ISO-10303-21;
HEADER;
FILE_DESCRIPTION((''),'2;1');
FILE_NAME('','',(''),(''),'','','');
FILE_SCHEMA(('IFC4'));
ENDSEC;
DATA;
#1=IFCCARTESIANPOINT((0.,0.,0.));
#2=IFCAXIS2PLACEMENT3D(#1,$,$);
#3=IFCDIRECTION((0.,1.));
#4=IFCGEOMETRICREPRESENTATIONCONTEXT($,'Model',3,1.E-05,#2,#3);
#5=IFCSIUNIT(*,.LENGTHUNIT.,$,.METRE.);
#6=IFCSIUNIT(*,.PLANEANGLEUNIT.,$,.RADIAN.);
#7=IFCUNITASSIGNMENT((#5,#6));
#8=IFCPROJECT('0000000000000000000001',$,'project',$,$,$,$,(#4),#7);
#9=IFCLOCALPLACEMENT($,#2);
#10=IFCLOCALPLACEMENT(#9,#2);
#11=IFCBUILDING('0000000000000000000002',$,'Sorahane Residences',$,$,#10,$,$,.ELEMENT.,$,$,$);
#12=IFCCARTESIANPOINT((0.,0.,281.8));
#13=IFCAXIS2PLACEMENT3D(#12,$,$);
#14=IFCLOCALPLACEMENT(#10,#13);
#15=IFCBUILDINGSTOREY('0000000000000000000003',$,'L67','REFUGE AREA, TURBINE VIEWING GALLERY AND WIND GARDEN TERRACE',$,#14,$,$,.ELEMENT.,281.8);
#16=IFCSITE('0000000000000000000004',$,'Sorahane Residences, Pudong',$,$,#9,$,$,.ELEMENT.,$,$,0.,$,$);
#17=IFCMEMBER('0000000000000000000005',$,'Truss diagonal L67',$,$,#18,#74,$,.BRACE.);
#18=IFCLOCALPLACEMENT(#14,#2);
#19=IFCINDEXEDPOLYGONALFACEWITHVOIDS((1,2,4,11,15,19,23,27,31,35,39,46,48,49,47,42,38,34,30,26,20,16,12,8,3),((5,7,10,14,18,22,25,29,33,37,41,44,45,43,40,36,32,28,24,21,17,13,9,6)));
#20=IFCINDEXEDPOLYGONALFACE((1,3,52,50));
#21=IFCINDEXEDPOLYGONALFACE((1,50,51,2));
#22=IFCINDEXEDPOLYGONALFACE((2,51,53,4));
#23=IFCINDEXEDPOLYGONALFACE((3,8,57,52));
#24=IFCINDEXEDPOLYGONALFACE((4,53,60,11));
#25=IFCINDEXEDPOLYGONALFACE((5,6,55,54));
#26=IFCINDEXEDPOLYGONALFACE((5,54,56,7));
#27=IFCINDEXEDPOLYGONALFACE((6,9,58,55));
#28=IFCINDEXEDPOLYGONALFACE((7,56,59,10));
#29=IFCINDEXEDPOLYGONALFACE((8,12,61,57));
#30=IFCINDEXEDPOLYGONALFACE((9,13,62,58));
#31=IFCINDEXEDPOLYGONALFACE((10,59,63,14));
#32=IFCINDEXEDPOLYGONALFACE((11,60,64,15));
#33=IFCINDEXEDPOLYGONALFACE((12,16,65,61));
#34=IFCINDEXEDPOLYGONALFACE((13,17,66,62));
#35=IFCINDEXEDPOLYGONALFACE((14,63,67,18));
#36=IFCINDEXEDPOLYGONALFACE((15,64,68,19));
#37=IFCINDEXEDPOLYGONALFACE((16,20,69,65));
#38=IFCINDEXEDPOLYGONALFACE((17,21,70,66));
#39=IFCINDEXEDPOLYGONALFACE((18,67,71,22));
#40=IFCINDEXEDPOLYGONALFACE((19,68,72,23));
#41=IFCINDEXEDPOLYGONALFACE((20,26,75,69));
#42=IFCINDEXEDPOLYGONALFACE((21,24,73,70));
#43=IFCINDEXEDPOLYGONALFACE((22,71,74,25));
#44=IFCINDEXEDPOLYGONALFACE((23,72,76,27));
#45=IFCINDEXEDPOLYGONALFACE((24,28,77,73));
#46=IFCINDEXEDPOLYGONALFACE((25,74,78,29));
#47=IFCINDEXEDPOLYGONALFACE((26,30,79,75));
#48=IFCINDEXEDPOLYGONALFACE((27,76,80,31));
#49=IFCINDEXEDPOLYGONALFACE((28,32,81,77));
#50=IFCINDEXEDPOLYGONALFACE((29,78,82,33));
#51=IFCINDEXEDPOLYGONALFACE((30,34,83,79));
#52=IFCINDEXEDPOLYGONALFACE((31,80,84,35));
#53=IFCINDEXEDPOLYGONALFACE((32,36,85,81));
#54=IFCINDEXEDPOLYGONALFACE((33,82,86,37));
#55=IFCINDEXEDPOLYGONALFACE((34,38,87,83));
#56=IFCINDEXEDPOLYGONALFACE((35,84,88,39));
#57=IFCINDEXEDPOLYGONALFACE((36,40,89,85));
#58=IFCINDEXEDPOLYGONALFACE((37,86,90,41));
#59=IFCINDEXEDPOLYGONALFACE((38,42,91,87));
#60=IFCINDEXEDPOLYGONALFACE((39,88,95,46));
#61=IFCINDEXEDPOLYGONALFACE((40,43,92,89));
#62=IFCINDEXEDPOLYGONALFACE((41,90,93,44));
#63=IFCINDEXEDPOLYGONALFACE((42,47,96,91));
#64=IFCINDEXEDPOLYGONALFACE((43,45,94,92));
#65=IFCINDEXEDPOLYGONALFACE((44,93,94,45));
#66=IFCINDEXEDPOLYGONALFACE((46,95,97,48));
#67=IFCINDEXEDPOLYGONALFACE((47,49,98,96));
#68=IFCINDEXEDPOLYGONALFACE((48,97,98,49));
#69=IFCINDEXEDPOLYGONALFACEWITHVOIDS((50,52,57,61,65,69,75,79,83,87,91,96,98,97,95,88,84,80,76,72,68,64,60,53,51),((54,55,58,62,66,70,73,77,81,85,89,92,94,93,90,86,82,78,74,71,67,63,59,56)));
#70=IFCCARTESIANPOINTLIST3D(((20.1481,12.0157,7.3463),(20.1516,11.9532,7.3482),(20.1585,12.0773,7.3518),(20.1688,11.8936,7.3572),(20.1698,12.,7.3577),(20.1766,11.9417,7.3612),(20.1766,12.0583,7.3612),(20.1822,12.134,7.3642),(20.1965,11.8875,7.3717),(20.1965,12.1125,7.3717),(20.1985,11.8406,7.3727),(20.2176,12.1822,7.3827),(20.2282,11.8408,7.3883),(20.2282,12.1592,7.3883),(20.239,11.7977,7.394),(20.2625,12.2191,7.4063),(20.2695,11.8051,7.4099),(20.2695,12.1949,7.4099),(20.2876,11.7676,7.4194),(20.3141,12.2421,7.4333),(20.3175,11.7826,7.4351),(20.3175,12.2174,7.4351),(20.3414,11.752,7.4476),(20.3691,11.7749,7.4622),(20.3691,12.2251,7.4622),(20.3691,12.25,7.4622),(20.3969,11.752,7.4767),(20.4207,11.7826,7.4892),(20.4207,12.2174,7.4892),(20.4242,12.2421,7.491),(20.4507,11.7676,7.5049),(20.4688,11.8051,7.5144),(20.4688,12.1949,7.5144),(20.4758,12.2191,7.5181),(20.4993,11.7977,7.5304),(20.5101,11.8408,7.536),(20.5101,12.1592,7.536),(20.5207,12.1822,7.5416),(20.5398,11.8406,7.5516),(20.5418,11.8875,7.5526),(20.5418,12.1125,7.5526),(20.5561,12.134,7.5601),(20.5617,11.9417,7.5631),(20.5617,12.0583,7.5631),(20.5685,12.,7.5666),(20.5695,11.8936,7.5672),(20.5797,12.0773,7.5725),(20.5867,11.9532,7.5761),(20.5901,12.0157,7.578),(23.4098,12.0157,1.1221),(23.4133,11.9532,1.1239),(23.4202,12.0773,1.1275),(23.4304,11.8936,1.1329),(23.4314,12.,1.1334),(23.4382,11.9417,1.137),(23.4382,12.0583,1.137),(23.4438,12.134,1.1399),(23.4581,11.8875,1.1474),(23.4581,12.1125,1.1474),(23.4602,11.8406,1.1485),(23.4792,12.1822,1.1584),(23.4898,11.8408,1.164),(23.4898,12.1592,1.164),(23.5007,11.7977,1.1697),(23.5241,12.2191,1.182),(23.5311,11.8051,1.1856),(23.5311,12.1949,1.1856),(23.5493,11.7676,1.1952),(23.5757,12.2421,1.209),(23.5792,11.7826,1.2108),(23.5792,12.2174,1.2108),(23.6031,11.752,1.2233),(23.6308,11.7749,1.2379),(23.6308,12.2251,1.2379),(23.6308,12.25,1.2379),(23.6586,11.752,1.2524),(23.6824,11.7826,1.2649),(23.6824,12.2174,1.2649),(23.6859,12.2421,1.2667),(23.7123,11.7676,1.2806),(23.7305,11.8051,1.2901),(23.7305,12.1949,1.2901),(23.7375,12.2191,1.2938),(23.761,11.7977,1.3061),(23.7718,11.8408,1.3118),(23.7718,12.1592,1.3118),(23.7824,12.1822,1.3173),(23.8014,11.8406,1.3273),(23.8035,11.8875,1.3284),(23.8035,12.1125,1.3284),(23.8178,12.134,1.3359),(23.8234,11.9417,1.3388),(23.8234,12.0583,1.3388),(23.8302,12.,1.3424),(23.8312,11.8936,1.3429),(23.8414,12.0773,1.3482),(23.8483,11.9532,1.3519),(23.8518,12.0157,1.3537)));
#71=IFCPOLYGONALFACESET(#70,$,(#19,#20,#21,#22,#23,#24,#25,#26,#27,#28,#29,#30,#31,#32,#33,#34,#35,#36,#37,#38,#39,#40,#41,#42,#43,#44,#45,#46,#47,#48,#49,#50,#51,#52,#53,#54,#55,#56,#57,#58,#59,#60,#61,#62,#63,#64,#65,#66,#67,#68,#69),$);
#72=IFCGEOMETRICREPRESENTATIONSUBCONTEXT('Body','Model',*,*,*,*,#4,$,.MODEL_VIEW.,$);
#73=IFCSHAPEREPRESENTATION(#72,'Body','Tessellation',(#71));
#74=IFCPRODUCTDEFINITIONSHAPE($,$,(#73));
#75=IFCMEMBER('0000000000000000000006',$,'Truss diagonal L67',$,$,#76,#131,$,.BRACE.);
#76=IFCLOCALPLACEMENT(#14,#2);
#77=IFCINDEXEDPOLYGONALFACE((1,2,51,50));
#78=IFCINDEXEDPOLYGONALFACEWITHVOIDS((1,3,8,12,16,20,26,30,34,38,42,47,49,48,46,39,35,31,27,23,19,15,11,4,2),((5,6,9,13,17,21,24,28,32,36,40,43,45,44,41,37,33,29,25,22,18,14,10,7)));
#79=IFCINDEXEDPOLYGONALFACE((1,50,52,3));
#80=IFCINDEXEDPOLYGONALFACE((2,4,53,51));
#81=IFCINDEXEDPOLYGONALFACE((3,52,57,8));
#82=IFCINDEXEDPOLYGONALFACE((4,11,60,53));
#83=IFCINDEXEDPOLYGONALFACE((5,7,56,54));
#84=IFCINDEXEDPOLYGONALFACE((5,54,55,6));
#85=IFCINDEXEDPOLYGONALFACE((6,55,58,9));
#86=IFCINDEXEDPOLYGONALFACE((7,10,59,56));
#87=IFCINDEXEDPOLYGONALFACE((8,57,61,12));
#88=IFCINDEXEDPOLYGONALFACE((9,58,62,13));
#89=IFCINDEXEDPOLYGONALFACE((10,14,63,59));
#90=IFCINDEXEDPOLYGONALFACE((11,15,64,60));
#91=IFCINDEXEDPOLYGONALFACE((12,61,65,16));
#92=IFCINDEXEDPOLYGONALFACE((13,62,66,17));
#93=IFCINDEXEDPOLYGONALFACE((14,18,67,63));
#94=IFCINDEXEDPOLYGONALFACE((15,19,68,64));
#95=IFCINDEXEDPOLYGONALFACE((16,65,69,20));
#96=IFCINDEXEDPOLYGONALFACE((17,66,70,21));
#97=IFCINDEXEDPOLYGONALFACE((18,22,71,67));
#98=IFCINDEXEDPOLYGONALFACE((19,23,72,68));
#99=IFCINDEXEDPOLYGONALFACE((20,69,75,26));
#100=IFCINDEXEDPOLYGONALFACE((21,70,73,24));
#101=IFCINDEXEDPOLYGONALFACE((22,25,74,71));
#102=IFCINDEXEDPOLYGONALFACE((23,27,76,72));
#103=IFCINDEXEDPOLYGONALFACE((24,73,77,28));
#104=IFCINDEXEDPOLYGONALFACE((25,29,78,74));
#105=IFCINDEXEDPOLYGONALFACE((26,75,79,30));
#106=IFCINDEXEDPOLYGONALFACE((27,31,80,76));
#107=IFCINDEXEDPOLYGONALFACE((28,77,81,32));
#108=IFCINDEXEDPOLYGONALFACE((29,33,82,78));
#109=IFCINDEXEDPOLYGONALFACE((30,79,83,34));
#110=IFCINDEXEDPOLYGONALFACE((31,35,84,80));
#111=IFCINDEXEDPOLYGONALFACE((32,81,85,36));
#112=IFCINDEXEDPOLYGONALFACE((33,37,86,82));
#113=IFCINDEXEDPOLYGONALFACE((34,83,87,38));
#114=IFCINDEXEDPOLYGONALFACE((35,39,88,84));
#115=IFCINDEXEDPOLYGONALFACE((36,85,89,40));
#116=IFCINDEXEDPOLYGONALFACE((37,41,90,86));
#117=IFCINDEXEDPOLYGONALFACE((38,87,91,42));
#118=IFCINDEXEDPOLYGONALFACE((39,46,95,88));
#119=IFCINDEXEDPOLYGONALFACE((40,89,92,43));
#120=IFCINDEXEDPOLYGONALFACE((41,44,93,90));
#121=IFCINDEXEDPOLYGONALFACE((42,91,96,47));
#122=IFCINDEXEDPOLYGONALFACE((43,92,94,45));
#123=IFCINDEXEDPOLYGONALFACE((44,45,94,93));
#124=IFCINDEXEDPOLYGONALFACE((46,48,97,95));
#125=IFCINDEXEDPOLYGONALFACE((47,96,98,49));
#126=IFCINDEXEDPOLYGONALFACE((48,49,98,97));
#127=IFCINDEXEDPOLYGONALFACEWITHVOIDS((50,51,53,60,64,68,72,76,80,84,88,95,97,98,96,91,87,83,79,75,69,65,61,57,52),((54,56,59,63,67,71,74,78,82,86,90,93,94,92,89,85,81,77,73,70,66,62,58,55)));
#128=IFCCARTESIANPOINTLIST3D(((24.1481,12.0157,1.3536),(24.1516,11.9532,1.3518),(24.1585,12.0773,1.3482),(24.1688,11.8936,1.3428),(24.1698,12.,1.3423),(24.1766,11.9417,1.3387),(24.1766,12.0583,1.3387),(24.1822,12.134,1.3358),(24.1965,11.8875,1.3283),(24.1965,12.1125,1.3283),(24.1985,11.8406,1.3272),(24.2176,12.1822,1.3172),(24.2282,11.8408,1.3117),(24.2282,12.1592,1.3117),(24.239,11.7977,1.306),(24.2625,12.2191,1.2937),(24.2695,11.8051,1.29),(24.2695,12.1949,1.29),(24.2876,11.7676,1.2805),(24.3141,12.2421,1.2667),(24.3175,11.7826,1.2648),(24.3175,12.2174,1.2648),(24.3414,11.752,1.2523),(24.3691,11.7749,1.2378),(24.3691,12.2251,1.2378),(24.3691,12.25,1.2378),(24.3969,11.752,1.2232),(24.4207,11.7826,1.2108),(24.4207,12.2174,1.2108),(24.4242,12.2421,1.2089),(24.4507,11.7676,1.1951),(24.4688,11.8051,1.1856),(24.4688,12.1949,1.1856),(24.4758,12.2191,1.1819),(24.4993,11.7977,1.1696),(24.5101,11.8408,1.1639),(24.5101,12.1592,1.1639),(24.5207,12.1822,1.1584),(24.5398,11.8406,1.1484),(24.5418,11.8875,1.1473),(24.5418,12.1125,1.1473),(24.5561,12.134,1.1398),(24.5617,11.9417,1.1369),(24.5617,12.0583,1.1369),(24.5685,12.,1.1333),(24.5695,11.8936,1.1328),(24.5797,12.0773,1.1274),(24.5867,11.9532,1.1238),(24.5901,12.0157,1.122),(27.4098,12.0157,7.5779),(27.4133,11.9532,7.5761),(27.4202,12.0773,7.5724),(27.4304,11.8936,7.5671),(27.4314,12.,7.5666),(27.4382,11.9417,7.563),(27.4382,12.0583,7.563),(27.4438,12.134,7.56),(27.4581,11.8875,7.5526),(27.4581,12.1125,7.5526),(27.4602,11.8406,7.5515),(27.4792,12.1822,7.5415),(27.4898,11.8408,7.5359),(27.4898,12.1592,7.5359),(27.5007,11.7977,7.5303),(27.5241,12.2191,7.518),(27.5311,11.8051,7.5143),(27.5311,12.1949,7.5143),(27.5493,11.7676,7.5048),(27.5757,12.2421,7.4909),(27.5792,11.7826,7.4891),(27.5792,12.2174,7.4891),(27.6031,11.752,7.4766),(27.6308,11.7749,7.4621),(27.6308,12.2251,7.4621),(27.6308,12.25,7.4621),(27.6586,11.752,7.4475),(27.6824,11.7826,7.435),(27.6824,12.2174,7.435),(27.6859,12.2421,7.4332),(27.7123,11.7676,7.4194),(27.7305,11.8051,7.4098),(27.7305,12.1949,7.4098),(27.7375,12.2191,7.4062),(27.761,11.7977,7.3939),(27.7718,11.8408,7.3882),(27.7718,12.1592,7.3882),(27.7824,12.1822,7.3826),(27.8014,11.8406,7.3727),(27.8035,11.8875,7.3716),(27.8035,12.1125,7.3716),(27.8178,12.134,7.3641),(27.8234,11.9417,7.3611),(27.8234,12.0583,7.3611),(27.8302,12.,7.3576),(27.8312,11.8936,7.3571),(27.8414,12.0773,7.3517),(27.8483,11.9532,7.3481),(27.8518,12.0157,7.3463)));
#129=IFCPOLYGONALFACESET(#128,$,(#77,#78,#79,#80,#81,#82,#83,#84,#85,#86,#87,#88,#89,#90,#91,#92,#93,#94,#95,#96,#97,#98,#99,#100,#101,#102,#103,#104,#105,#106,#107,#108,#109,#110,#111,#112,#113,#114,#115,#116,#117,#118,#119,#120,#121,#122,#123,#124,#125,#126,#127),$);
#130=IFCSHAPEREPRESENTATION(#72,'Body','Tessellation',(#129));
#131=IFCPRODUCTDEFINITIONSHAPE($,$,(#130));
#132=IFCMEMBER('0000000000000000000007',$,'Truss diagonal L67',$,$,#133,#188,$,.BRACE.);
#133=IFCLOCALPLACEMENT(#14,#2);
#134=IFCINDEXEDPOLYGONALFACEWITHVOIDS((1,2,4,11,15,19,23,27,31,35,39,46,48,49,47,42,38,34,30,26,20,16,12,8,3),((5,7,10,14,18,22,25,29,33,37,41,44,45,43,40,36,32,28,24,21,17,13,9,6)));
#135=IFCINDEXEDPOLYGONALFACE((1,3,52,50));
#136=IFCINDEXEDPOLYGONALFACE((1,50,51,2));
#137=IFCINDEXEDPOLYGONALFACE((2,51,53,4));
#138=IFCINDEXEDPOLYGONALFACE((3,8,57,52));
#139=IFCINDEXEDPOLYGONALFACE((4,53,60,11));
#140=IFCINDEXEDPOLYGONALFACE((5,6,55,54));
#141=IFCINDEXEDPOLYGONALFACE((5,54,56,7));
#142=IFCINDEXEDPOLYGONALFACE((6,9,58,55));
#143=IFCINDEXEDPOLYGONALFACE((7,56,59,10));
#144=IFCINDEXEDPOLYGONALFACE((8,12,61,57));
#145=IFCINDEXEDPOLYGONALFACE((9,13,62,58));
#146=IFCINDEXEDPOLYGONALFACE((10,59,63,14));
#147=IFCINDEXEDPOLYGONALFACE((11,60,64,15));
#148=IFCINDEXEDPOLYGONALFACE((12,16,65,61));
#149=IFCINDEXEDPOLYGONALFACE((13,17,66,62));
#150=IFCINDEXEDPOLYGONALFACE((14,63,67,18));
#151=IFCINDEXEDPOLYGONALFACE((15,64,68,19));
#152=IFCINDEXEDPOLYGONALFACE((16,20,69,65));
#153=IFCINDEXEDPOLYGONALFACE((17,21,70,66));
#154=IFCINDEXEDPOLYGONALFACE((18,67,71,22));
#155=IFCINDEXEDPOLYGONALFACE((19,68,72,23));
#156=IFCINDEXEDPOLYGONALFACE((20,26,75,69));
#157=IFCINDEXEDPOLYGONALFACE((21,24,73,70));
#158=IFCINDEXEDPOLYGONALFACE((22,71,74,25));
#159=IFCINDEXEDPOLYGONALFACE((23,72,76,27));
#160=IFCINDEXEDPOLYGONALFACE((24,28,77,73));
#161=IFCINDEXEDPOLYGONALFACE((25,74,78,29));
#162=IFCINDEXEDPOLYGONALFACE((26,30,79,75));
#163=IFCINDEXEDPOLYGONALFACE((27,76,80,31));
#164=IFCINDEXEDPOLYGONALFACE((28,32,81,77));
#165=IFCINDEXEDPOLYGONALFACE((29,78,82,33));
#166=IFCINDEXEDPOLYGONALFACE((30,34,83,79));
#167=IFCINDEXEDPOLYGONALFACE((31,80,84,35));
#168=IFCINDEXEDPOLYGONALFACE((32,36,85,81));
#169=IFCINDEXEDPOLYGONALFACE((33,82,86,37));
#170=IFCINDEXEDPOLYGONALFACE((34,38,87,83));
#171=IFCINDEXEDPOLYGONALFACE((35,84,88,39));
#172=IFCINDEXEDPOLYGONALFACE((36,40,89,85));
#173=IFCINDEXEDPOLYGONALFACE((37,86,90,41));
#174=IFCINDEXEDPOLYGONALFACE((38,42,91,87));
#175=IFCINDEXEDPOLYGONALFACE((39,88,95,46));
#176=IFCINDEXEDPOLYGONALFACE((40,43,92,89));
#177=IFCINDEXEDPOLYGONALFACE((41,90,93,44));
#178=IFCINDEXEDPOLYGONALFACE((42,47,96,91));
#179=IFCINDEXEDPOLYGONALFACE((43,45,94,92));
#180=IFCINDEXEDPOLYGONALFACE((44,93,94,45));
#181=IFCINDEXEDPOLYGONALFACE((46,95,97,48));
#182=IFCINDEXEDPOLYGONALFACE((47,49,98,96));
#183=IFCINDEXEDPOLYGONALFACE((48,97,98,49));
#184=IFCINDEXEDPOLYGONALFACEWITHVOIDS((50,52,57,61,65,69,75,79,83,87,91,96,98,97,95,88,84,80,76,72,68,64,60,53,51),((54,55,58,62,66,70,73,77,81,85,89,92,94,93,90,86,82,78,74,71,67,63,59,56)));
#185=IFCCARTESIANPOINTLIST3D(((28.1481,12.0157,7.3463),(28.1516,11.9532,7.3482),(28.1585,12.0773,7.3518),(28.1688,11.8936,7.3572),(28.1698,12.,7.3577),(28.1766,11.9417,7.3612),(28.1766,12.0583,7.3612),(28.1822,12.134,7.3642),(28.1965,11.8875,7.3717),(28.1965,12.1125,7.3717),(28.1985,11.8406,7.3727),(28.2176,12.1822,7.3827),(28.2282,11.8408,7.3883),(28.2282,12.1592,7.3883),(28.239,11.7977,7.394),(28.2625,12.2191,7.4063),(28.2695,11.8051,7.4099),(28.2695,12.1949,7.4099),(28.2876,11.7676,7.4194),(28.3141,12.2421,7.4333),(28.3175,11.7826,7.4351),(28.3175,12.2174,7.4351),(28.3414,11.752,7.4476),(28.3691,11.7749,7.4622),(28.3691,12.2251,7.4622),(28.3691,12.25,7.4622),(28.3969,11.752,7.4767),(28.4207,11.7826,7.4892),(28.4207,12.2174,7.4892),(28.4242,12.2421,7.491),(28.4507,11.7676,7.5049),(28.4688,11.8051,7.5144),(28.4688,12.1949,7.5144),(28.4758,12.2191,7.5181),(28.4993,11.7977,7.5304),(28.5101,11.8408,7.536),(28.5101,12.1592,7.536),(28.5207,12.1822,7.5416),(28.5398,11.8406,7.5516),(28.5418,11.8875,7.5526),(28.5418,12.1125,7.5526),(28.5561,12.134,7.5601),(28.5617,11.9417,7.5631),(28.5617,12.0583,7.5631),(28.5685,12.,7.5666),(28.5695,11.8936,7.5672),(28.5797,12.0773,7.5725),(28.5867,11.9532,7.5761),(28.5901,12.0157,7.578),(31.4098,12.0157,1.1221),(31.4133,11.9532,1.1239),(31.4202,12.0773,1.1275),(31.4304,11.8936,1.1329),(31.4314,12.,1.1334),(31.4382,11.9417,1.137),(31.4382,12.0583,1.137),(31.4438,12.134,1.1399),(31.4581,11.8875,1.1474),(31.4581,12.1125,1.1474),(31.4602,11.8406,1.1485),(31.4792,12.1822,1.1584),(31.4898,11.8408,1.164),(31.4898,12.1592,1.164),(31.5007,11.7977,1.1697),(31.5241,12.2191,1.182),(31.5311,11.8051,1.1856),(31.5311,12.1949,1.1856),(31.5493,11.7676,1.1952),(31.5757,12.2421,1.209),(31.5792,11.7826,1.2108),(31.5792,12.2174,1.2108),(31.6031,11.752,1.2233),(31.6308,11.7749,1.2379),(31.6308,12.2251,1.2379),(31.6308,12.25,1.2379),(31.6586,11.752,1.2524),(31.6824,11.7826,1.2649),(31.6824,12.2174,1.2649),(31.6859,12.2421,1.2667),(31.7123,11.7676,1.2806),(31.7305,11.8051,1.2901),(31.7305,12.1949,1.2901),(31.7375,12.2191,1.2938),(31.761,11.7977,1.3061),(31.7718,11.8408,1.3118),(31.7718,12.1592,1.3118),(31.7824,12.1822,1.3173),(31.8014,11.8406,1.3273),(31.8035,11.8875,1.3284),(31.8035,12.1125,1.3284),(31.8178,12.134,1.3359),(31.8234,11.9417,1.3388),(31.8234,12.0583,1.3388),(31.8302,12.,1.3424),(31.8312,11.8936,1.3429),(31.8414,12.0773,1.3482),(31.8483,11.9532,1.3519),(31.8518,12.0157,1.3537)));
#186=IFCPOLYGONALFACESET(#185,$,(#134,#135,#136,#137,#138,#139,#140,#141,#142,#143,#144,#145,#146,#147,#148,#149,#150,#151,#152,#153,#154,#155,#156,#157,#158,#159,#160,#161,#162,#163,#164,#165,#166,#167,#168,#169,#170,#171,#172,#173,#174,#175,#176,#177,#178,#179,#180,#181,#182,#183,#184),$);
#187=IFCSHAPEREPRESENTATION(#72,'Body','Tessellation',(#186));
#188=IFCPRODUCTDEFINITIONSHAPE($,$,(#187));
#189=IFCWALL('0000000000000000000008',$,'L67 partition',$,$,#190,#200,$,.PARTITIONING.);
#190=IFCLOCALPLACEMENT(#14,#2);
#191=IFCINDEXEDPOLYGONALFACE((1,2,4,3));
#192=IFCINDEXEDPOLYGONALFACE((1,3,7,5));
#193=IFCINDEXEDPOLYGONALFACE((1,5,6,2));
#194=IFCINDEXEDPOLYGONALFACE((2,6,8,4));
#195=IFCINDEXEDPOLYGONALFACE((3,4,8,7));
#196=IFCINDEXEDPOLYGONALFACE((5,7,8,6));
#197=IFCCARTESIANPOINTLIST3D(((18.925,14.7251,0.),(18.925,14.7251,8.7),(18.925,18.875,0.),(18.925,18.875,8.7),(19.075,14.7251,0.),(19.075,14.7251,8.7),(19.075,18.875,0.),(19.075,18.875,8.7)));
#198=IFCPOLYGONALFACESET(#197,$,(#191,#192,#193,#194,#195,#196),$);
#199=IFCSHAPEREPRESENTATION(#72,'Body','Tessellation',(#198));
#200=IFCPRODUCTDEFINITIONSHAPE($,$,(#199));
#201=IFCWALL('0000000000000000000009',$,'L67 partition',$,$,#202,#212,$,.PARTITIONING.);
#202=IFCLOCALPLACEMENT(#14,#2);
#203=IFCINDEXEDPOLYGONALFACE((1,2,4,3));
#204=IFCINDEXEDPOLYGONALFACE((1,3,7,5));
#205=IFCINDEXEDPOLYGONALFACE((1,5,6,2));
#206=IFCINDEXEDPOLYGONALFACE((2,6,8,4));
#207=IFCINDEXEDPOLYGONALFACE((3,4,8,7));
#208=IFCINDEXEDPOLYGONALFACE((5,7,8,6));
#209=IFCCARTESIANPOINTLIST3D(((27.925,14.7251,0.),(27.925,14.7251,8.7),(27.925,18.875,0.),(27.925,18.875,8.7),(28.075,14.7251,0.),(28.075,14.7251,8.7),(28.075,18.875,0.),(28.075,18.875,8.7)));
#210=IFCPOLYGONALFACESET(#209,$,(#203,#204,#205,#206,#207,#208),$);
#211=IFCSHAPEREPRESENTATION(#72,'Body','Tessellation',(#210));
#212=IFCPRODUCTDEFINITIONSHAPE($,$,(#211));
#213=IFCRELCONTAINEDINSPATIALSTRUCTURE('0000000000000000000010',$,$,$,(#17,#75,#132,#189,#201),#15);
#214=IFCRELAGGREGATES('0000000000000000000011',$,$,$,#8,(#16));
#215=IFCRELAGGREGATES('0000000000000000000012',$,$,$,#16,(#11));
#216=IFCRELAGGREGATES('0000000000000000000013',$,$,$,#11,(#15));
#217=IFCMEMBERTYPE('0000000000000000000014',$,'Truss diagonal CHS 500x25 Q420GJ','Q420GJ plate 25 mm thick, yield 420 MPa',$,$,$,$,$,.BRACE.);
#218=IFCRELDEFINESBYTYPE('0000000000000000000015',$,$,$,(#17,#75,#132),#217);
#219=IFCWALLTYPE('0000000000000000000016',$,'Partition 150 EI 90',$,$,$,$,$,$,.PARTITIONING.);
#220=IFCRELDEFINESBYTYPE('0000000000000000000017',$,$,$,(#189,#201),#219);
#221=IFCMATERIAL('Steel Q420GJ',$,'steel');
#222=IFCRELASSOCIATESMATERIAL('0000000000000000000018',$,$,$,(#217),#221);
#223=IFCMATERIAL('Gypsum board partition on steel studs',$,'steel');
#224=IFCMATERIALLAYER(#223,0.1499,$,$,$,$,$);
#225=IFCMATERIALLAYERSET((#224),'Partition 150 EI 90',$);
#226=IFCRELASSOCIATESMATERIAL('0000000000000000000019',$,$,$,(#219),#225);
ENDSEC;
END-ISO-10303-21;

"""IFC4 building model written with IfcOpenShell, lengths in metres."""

from ifc_helpers import new_model, si_unit, direction, frame, frame_2d, origin, origin_2d, place, context, subcontext, project, spatial, rectangle, hollow_circle, extrude, material, layer, layer_set, material_profile, profile_set, type_object, element, save


model = new_model("IFC4")

# Units and contexts
model_context = context("Model", 3, precision=1e-05, world=origin(), true_north=direction((0.0, 1.0)))
body_context = subcontext(model_context, "Body", "Model", "MODEL_VIEW")
ifc_project = project(units=[si_unit("LENGTHUNIT", "METRE"), si_unit("PLANEANGLEUNIT", "RADIAN")], contexts=[model_context])

# Site, building, storey
site_placement = place(None, origin())
site = spatial("IfcSite", under=ifc_project, at=site_placement, Name="Sorahane Residences, Pudong", CompositionType="ELEMENT", RefElevation=0.0)
building_placement = place(site_placement, origin())
building = spatial("IfcBuilding", under=site, at=building_placement, Name="Sorahane Residences", CompositionType="ELEMENT")
storey_placement = place(building_placement, frame((0.0, 0.0, 281.8)))
storey = spatial("IfcBuildingStorey", under=building, at=storey_placement, Name="L67", Description="REFUGE AREA, TURBINE VIEWING GALLERY AND WIND GARDEN TERRACE", CompositionType="ELEMENT", Elevation=281.8)

# Members
ifc_material_1 = material(Name="Steel Q420GJ", Category="steel")
ifc_material_profile_1 = material_profile(ifc_material_1, hollow_circle(Radius=0.25, WallThickness=0.0249, at=origin_2d()), Name="CHS 500x25")
ifc_profile_set_1 = profile_set([ifc_material_profile_1], Name="Steel Q420GJ")
member_type = type_object("IfcMemberType", Name="Truss diagonal CHS 500x25 Q420GJ", Description="Q420GJ plate 25 mm thick, yield 420 MPa", PredefinedType="BRACE", material=ifc_profile_set_1)
for number, where, z_axis, x_axis, name in (
    (1, (20.3691, 12.0, 7.4622), (0.464156, 0.0, -0.885753), (0.0, 1.0, 0.0), "Truss diagonal L67"),
    (2, (24.3691, 12.0, 1.2378), (0.464156, 0.0, 0.885753), (0.0, 1.0, 0.0), "Truss diagonal L67"),
    (3, (28.3691, 12.0, 7.4622), (0.464156, 0.0, -0.885753), (0.0, 1.0, 0.0), "Truss diagonal L67"),
):
    element("IfcMember", number, at=place(storey_placement, frame(where, z_axis=z_axis, x_axis=x_axis)), inside=storey, type_object=member_type, Name=name, PredefinedType="BRACE", context=body_context, shape_type="SweptSolid", body=[
        extrude(hollow_circle(Radius=0.25, WallThickness=0.0249, at=origin_2d()), origin(), (0.0, 0.0, 1.0), 7.0271),
    ])

# Walls
ifc_material_2 = material(Name="Gypsum board partition on steel studs", Category="steel")
ifc_layer_1 = layer(ifc_material_2, 0.1499)
ifc_layer_set_1 = layer_set([ifc_layer_1], Name="Partition 150 EI 90")
wall_type_1 = type_object("IfcWallType", Name="Partition 150 EI 90", PredefinedType="PARTITIONING", material=ifc_layer_set_1)
for number, where, z_axis, x_axis, name in (
    (4, (19.0, 14.7251, 0.0), (0.0, 0.0, 1.0), (0.0, 1.0, 0.0), "L67 partition"),
    (5, (28.0, 14.7251, 0.0), (0.0, 0.0, 1.0), (0.0, 1.0, 0.0), "L67 partition"),
):
    element("IfcWall", number, at=place(storey_placement, frame(where, z_axis=z_axis, x_axis=x_axis)), inside=storey, type_object=wall_type_1, Name=name, PredefinedType="PARTITIONING", context=body_context, shape_type="SweptSolid", body=[
        extrude(rectangle(XDim=4.1499, YDim=0.1499, at=frame_2d((2.075, 0.0))), origin(), (0.0, 0.0, 1.0), 8.7),
    ])

save(model, "model.ifc")
